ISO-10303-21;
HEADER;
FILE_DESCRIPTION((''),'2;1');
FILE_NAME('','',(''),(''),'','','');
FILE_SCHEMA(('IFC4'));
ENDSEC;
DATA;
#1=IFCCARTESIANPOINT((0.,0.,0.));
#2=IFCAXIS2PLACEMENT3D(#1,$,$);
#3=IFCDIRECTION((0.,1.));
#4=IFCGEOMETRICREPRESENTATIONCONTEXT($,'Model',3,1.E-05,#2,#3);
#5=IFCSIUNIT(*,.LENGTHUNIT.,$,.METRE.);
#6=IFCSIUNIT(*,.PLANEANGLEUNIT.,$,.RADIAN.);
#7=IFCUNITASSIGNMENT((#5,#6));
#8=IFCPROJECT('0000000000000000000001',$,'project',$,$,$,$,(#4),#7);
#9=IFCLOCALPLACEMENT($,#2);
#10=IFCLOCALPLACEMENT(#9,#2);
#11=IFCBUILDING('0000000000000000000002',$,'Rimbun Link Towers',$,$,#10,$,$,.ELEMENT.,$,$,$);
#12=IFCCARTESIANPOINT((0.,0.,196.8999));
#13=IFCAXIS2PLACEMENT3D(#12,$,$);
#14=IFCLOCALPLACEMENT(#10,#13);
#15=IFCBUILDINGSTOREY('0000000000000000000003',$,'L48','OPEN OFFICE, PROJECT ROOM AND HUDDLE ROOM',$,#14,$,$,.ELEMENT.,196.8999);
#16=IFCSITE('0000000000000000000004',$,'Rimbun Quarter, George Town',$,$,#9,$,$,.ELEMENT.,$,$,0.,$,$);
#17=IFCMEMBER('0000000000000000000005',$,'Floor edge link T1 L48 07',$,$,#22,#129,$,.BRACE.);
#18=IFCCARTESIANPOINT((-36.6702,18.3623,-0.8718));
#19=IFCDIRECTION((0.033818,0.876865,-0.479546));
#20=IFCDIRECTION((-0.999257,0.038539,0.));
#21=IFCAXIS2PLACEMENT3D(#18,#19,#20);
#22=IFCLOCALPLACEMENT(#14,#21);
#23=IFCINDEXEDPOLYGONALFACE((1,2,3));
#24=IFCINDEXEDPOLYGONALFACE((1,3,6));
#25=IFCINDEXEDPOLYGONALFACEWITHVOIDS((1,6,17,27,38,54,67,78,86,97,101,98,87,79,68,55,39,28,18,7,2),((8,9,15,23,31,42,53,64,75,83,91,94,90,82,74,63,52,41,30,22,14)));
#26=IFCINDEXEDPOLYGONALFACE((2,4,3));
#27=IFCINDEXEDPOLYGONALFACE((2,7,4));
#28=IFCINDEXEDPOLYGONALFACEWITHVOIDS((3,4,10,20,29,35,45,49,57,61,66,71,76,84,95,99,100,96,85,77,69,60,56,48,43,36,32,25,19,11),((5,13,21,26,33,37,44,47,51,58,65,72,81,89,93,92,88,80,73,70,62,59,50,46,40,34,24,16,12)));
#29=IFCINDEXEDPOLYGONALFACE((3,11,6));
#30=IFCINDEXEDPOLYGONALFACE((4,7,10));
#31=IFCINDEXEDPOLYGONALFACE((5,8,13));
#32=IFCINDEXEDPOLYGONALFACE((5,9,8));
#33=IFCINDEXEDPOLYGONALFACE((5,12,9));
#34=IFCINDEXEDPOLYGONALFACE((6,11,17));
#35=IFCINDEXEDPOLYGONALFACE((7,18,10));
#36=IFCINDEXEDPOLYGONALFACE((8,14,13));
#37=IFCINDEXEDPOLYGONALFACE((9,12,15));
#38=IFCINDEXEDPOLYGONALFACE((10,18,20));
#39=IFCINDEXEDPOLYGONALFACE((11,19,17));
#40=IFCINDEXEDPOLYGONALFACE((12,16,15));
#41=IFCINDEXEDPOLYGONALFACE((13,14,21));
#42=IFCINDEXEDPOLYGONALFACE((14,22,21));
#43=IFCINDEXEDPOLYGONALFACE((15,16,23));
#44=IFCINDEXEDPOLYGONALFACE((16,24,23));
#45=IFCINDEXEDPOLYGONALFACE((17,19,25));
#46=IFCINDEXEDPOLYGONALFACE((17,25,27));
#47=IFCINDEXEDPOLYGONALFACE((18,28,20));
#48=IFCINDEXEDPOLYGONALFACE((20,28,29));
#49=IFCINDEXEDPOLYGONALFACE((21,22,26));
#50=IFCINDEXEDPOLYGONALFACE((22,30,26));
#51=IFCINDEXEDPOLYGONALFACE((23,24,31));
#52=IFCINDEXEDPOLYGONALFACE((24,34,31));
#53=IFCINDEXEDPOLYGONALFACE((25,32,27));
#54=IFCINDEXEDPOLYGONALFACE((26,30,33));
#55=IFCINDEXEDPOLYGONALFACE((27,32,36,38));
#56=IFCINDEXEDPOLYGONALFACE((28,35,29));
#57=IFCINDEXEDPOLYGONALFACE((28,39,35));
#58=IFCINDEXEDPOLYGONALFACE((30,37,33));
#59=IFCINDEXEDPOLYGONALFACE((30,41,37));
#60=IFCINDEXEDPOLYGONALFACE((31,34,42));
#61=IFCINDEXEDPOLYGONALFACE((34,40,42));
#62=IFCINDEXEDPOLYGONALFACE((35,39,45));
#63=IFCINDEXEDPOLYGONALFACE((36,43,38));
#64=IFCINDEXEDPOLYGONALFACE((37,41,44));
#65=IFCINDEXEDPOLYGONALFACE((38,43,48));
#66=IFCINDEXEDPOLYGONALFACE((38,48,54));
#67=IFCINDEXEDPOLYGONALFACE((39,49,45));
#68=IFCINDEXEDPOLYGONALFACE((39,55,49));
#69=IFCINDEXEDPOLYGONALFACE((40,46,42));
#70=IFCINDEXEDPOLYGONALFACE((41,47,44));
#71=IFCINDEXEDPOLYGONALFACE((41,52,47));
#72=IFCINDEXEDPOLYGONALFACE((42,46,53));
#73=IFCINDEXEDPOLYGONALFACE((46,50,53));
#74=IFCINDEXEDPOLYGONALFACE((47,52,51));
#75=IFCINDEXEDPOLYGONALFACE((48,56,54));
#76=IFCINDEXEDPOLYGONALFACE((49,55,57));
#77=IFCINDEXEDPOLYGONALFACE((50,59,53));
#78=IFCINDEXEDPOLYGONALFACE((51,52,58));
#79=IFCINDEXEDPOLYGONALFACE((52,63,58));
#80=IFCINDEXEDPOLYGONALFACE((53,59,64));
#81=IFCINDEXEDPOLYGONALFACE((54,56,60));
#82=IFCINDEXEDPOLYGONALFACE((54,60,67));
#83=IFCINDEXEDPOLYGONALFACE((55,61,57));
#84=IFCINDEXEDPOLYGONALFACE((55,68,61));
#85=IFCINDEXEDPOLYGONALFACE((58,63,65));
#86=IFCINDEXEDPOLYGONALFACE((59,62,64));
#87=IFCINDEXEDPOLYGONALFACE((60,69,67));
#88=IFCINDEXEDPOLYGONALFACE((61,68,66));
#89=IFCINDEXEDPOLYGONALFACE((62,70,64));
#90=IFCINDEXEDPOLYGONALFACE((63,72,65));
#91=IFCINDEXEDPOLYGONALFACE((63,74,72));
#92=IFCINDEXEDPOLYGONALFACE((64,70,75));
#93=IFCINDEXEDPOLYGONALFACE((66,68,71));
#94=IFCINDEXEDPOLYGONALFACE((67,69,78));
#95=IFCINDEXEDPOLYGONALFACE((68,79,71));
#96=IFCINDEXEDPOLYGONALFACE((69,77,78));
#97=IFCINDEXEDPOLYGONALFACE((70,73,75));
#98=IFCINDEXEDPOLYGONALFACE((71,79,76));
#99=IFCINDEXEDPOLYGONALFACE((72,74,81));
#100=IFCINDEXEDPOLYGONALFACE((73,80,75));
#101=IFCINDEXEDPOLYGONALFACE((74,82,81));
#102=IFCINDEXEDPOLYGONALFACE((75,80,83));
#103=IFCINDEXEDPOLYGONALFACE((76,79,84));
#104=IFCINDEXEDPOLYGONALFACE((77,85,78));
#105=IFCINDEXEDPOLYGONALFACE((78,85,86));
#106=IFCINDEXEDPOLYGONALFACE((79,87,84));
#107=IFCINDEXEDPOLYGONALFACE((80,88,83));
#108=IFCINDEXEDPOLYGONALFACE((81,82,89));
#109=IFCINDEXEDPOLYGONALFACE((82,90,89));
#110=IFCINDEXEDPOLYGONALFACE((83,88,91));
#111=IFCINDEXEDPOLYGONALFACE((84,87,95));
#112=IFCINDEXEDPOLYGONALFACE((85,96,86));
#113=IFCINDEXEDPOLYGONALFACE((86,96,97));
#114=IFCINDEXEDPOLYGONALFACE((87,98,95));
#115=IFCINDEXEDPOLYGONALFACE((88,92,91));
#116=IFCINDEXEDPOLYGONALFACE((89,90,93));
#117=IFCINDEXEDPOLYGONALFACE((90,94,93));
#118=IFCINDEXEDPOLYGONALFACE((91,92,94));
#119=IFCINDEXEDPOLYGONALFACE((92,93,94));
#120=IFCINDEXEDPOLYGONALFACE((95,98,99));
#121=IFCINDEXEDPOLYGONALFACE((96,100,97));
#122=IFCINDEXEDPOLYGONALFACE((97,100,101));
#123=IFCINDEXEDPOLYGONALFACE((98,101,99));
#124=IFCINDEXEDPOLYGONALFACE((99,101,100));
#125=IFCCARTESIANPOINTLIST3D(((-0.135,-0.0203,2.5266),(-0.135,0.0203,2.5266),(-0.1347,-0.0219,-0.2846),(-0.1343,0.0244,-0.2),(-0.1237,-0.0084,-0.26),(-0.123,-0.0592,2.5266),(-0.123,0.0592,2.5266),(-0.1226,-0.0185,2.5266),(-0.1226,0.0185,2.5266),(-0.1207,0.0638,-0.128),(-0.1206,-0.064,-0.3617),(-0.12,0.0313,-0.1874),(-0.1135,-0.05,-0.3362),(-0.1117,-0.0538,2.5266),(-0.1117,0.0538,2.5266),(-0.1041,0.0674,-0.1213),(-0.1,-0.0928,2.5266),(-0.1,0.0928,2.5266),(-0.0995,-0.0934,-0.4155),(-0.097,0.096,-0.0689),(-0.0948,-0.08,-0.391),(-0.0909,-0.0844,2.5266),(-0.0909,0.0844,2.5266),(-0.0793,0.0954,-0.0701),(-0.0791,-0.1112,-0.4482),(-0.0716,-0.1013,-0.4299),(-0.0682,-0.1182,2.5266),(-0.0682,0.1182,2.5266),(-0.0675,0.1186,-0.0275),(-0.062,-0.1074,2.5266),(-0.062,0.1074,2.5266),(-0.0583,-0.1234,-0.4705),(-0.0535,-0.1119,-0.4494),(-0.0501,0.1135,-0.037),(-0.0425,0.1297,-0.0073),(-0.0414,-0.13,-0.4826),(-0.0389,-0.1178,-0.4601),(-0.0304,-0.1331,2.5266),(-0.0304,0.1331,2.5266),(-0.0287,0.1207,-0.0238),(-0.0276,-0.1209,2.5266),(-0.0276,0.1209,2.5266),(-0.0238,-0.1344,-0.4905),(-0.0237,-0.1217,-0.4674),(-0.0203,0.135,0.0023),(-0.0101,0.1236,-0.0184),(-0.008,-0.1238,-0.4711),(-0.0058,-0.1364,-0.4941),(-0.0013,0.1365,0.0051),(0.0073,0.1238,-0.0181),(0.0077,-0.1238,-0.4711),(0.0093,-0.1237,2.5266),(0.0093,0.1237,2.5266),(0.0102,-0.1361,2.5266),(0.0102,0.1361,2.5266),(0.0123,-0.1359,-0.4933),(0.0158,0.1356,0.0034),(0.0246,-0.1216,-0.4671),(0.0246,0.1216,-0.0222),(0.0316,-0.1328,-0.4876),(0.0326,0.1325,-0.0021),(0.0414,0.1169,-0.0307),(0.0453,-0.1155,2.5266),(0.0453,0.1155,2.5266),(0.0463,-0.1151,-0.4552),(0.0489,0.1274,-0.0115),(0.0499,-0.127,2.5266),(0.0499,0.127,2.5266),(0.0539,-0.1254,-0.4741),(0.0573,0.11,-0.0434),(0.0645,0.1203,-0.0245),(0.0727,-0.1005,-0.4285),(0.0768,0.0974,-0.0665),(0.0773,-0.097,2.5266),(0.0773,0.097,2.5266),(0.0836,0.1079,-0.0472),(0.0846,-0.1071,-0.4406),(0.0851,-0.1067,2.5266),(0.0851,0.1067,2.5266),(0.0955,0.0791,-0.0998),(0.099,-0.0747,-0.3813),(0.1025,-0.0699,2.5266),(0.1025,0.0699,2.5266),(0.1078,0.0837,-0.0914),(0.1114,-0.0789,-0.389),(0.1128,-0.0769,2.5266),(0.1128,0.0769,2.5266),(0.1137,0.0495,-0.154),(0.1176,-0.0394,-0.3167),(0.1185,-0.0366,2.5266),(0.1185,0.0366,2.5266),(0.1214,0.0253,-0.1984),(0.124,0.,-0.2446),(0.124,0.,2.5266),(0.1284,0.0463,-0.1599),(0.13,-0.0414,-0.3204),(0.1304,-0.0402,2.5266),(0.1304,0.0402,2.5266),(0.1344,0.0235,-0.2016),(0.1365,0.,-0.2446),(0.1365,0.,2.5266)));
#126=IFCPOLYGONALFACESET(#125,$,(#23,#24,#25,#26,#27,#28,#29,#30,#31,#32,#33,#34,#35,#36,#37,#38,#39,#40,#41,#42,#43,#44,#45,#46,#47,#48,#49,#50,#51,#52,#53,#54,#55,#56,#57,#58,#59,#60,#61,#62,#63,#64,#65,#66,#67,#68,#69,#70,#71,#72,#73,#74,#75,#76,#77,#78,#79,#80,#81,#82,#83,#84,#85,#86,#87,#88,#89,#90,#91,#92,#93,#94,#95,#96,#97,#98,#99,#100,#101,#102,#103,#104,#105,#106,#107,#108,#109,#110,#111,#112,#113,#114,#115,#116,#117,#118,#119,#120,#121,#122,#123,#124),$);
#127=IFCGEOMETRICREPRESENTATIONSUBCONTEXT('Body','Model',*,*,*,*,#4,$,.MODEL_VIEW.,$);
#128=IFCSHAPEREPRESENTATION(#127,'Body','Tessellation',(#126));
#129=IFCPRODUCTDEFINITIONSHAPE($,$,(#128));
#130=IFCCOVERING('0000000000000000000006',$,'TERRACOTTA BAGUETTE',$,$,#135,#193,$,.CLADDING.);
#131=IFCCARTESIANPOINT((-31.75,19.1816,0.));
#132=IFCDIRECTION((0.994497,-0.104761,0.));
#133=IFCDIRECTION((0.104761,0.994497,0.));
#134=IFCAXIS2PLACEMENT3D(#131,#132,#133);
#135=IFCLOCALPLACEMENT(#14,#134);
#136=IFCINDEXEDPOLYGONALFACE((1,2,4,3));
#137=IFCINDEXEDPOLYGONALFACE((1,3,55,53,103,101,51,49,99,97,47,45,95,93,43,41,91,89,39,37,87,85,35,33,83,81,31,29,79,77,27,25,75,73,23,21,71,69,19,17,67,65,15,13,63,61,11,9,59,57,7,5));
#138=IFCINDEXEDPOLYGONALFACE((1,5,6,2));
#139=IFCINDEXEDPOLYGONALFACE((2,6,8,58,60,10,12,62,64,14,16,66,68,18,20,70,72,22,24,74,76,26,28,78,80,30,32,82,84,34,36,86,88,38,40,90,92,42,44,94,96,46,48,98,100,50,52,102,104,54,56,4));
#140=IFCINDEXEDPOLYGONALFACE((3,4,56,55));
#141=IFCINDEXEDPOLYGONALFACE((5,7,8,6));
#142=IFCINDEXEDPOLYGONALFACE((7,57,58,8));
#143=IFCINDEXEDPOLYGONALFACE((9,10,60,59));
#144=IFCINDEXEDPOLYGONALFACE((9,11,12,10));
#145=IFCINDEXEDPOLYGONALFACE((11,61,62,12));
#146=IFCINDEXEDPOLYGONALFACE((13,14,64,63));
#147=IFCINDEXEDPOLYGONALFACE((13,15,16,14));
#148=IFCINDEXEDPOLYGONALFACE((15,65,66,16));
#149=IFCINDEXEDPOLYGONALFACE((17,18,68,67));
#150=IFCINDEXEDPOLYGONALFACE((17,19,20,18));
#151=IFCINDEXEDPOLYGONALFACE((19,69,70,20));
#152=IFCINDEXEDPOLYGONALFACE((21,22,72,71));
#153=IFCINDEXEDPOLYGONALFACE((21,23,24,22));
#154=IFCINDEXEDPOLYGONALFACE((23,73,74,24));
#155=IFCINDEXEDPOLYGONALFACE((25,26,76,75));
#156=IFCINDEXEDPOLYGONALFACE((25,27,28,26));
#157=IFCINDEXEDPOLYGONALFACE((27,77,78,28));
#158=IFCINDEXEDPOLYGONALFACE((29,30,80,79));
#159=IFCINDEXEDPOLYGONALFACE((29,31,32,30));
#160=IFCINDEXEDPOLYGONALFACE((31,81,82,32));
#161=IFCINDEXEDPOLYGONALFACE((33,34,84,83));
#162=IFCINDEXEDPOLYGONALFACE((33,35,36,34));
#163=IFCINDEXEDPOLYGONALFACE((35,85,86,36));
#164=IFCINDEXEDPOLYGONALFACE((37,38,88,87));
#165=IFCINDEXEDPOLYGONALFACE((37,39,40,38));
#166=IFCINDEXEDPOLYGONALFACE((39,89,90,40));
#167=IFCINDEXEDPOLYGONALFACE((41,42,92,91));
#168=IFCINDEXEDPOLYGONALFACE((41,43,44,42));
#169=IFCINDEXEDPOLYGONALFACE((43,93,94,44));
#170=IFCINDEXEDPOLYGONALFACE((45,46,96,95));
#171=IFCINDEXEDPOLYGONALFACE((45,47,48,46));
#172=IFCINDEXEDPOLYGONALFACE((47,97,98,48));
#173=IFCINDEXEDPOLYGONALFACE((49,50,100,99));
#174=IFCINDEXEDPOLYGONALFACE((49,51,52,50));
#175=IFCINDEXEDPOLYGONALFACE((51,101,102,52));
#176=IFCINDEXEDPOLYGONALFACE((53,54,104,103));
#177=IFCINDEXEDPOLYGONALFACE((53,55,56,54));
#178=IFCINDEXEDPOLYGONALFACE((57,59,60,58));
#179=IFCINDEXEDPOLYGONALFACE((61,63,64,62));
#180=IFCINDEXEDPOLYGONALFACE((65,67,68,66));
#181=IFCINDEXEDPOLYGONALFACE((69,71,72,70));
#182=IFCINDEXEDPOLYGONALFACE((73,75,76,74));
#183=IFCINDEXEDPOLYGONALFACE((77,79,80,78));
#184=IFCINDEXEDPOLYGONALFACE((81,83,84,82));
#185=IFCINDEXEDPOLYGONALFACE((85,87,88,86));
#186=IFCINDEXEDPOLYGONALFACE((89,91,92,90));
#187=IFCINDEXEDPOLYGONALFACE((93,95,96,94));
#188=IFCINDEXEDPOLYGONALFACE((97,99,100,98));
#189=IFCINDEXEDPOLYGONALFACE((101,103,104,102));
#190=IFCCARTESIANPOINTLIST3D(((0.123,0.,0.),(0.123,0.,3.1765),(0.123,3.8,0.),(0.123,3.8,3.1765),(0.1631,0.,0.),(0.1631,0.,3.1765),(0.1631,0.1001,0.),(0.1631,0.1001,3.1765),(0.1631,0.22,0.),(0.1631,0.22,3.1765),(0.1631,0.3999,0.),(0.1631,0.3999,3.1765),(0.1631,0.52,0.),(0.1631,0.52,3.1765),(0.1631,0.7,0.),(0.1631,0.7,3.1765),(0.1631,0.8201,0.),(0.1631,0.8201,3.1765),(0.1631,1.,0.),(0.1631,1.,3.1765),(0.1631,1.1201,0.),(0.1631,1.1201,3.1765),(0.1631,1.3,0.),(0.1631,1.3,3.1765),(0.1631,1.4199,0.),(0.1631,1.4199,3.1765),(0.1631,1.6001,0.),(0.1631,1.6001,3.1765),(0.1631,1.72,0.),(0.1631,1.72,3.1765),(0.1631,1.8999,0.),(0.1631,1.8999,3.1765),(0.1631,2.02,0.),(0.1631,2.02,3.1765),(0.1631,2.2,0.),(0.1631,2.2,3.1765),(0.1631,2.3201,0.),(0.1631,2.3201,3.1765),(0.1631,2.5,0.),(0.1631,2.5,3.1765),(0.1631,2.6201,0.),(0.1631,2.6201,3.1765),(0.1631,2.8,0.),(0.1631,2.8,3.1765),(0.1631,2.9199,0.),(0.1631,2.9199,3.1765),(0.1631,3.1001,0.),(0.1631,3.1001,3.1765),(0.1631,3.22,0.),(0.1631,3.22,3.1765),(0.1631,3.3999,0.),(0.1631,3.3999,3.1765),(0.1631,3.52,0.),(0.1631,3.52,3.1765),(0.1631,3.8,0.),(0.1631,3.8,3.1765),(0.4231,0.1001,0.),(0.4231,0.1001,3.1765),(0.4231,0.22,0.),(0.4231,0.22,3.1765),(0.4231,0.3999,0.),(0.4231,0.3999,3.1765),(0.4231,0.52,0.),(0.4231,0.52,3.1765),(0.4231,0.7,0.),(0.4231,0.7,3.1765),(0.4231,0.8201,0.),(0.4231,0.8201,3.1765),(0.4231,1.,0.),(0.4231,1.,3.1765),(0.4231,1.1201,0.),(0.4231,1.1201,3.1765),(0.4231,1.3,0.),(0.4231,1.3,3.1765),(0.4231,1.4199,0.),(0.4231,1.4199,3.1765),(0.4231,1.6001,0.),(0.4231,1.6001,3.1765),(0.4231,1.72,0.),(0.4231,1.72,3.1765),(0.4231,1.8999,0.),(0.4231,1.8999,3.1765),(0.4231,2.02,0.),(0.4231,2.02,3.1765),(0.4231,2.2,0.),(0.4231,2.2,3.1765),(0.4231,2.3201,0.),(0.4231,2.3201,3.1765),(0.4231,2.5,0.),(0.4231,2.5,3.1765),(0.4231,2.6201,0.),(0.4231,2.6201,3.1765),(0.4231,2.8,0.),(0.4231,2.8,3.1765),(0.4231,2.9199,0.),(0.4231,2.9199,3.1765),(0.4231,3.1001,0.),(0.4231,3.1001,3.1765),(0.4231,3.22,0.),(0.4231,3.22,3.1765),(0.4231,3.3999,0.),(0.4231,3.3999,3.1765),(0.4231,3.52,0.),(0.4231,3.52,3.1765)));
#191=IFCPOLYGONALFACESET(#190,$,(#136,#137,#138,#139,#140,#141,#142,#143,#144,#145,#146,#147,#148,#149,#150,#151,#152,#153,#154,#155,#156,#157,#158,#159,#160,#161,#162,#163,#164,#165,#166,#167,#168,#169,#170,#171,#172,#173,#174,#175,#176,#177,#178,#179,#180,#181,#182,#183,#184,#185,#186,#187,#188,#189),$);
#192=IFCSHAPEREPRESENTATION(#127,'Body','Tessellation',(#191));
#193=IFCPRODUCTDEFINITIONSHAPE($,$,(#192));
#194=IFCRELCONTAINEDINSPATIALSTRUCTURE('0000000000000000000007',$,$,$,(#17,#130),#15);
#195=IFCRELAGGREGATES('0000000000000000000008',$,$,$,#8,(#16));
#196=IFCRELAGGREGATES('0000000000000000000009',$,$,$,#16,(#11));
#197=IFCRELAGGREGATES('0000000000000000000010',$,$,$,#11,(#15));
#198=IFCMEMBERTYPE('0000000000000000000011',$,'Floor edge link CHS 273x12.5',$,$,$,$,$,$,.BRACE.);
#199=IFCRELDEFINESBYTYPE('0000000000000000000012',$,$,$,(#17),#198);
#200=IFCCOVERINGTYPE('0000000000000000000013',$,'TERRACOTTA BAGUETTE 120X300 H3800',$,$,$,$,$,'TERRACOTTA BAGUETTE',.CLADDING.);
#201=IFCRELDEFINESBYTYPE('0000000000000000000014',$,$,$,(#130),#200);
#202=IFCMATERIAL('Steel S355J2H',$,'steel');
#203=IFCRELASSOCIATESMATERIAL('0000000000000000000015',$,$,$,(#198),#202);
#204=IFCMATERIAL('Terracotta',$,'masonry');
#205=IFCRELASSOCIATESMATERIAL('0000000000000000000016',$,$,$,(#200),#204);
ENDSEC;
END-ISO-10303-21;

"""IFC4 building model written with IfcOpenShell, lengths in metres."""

from ifc_helpers import new_model, si_unit, direction, frame, origin, origin_2d, place, context, subcontext, project, spatial, polyline, hollow_circle, outline, extrude, clip, halfspace, material, material_profile, profile_set, type_object, element, save


model = new_model("IFC4")

# Units and contexts
model_context = context("Model", 3, precision=1e-05, world=origin(), true_north=direction((0.0, 1.0)))
body_context = subcontext(model_context, "Body", "Model", "MODEL_VIEW")
ifc_project = project(units=[si_unit("LENGTHUNIT", "METRE"), si_unit("PLANEANGLEUNIT", "RADIAN")], contexts=[model_context])

# Site, building, storey
site_placement = place(None, origin())
site = spatial("IfcSite", under=ifc_project, at=site_placement, Name="Rimbun Quarter, George Town", CompositionType="ELEMENT", RefElevation=0.0)
building_placement = place(site_placement, origin())
building = spatial("IfcBuilding", under=site, at=building_placement, Name="Rimbun Link Towers", CompositionType="ELEMENT")
storey_placement = place(building_placement, frame((0.0, 0.0, 196.8999)))
storey = spatial("IfcBuildingStorey", under=building, at=storey_placement, Name="L48", Description="OPEN OFFICE, PROJECT ROOM AND HUDDLE ROOM", CompositionType="ELEMENT", Elevation=196.8999)

# Member
ifc_material_1 = material(Name="Steel S355J2H", Category="steel")
ifc_material_profile_1 = material_profile(ifc_material_1, hollow_circle(Radius=0.1365, WallThickness=0.0125, at=origin_2d()), Name="CHS 273x12.5")
ifc_profile_set_1 = profile_set([ifc_material_profile_1], Name="Steel S355J2H")
member_type_1 = type_object("IfcMemberType", Name="Floor edge link CHS 273x12.5", PredefinedType="BRACE", material=ifc_profile_set_1)
member_1_placement = place(storey_placement, frame((-36.6702, 18.3623, -0.8718), z_axis=(0.033818, 0.876865, -0.479546), x_axis=(-0.999257, 0.038539, 0.0)))
element("IfcMember", 1, at=member_1_placement, inside=storey, type_object=member_type_1, Name="Floor edge link T1 L48 07", PredefinedType="BRACE", context=body_context, shape_type="Clipping", body=[
    clip(extrude(hollow_circle(Radius=0.1365, WallThickness=0.0125, at=origin_2d()), frame((0.0, 0.0, -0.5205)), (0.0, 0.0, 1.0), 3.0471), halfspace(frame((0.0, 0.0, -0.2446), z_axis=(0.0, 0.877517, -0.479546)), False)),
])

# Covering
ifc_material_2 = material(Name="Terracotta", Category="masonry")
ifc_material_profile_2 = material_profile(ifc_material_2, outline(polyline([(0.123, 0.0), (0.1631, 0.0), (0.1631, 0.1001), (0.4231, 0.1001), (0.4231, 0.22), (0.1631, 0.22), (0.1631, 0.3999), (0.4231, 0.3999), (0.4231, 0.52), (0.1631, 0.52), (0.1631, 0.7), (0.4231, 0.7), (0.4231, 0.8201), (0.1631, 0.8201), (0.1631, 1.0), (0.4231, 1.0), (0.4231, 1.1201), (0.1631, 1.1201), (0.1631, 1.3), (0.4231, 1.3), (0.4231, 1.4199), (0.1631, 1.4199), (0.1631, 1.6001), (0.4231, 1.6001), (0.4231, 1.72), (0.1631, 1.72), (0.1631, 1.8999), (0.4231, 1.8999), (0.4231, 2.02), (0.1631, 2.02), (0.1631, 2.2), (0.4231, 2.2), (0.4231, 2.3201), (0.1631, 2.3201), (0.1631, 2.5), (0.4231, 2.5), (0.4231, 2.6201), (0.1631, 2.6201), (0.1631, 2.8), (0.4231, 2.8), (0.4231, 2.9199), (0.1631, 2.9199), (0.1631, 3.1001), (0.4231, 3.1001), (0.4231, 3.22), (0.1631, 3.22), (0.1631, 3.3999), (0.4231, 3.3999), (0.4231, 3.52), (0.1631, 3.52), (0.1631, 3.8), (0.123, 3.8), (0.123, 0.0)])), Name="BAGUETTE 120X300")
ifc_profile_set_2 = profile_set([ifc_material_profile_2], Name="Terracotta")
covering_type = type_object("IfcCoveringType", Name="TERRACOTTA BAGUETTE 120X300 H3800", ElementType="TERRACOTTA BAGUETTE", PredefinedType="CLADDING", material=ifc_profile_set_2)
for number, where, z_axis, x_axis, name in (
    (2, (-31.75, 19.1816, 0.0), (0.994497, -0.104761, 0.0), (0.104761, 0.994497, 0.0), "TERRACOTTA BAGUETTE"),
):
    element("IfcCovering", number, at=place(storey_placement, frame(where, z_axis=z_axis, x_axis=x_axis)), inside=storey, type_object=covering_type, Name=name, PredefinedType="CLADDING", context=body_context, shape_type="SweptSolid", body=[
        extrude(outline(polyline([(0.123, 0.0), (0.1631, 0.0), (0.1631, 0.1001), (0.4231, 0.1001), (0.4231, 0.22), (0.1631, 0.22), (0.1631, 0.3999), (0.4231, 0.3999), (0.4231, 0.52), (0.1631, 0.52), (0.1631, 0.7), (0.4231, 0.7), (0.4231, 0.8201), (0.1631, 0.8201), (0.1631, 1.0), (0.4231, 1.0), (0.4231, 1.1201), (0.1631, 1.1201), (0.1631, 1.3), (0.4231, 1.3), (0.4231, 1.4199), (0.1631, 1.4199), (0.1631, 1.6001), (0.4231, 1.6001), (0.4231, 1.72), (0.1631, 1.72), (0.1631, 1.8999), (0.4231, 1.8999), (0.4231, 2.02), (0.1631, 2.02), (0.1631, 2.2), (0.4231, 2.2), (0.4231, 2.3201), (0.1631, 2.3201), (0.1631, 2.5), (0.4231, 2.5), (0.4231, 2.6201), (0.1631, 2.6201), (0.1631, 2.8), (0.4231, 2.8), (0.4231, 2.9199), (0.1631, 2.9199), (0.1631, 3.1001), (0.4231, 3.1001), (0.4231, 3.22), (0.1631, 3.22), (0.1631, 3.3999), (0.4231, 3.3999), (0.4231, 3.52), (0.1631, 3.52), (0.1631, 3.8), (0.123, 3.8), (0.123, 0.0)])), origin(), (0.0, 0.0, 1.0), 3.1765),
    ])

save(model, "model.ifc")
